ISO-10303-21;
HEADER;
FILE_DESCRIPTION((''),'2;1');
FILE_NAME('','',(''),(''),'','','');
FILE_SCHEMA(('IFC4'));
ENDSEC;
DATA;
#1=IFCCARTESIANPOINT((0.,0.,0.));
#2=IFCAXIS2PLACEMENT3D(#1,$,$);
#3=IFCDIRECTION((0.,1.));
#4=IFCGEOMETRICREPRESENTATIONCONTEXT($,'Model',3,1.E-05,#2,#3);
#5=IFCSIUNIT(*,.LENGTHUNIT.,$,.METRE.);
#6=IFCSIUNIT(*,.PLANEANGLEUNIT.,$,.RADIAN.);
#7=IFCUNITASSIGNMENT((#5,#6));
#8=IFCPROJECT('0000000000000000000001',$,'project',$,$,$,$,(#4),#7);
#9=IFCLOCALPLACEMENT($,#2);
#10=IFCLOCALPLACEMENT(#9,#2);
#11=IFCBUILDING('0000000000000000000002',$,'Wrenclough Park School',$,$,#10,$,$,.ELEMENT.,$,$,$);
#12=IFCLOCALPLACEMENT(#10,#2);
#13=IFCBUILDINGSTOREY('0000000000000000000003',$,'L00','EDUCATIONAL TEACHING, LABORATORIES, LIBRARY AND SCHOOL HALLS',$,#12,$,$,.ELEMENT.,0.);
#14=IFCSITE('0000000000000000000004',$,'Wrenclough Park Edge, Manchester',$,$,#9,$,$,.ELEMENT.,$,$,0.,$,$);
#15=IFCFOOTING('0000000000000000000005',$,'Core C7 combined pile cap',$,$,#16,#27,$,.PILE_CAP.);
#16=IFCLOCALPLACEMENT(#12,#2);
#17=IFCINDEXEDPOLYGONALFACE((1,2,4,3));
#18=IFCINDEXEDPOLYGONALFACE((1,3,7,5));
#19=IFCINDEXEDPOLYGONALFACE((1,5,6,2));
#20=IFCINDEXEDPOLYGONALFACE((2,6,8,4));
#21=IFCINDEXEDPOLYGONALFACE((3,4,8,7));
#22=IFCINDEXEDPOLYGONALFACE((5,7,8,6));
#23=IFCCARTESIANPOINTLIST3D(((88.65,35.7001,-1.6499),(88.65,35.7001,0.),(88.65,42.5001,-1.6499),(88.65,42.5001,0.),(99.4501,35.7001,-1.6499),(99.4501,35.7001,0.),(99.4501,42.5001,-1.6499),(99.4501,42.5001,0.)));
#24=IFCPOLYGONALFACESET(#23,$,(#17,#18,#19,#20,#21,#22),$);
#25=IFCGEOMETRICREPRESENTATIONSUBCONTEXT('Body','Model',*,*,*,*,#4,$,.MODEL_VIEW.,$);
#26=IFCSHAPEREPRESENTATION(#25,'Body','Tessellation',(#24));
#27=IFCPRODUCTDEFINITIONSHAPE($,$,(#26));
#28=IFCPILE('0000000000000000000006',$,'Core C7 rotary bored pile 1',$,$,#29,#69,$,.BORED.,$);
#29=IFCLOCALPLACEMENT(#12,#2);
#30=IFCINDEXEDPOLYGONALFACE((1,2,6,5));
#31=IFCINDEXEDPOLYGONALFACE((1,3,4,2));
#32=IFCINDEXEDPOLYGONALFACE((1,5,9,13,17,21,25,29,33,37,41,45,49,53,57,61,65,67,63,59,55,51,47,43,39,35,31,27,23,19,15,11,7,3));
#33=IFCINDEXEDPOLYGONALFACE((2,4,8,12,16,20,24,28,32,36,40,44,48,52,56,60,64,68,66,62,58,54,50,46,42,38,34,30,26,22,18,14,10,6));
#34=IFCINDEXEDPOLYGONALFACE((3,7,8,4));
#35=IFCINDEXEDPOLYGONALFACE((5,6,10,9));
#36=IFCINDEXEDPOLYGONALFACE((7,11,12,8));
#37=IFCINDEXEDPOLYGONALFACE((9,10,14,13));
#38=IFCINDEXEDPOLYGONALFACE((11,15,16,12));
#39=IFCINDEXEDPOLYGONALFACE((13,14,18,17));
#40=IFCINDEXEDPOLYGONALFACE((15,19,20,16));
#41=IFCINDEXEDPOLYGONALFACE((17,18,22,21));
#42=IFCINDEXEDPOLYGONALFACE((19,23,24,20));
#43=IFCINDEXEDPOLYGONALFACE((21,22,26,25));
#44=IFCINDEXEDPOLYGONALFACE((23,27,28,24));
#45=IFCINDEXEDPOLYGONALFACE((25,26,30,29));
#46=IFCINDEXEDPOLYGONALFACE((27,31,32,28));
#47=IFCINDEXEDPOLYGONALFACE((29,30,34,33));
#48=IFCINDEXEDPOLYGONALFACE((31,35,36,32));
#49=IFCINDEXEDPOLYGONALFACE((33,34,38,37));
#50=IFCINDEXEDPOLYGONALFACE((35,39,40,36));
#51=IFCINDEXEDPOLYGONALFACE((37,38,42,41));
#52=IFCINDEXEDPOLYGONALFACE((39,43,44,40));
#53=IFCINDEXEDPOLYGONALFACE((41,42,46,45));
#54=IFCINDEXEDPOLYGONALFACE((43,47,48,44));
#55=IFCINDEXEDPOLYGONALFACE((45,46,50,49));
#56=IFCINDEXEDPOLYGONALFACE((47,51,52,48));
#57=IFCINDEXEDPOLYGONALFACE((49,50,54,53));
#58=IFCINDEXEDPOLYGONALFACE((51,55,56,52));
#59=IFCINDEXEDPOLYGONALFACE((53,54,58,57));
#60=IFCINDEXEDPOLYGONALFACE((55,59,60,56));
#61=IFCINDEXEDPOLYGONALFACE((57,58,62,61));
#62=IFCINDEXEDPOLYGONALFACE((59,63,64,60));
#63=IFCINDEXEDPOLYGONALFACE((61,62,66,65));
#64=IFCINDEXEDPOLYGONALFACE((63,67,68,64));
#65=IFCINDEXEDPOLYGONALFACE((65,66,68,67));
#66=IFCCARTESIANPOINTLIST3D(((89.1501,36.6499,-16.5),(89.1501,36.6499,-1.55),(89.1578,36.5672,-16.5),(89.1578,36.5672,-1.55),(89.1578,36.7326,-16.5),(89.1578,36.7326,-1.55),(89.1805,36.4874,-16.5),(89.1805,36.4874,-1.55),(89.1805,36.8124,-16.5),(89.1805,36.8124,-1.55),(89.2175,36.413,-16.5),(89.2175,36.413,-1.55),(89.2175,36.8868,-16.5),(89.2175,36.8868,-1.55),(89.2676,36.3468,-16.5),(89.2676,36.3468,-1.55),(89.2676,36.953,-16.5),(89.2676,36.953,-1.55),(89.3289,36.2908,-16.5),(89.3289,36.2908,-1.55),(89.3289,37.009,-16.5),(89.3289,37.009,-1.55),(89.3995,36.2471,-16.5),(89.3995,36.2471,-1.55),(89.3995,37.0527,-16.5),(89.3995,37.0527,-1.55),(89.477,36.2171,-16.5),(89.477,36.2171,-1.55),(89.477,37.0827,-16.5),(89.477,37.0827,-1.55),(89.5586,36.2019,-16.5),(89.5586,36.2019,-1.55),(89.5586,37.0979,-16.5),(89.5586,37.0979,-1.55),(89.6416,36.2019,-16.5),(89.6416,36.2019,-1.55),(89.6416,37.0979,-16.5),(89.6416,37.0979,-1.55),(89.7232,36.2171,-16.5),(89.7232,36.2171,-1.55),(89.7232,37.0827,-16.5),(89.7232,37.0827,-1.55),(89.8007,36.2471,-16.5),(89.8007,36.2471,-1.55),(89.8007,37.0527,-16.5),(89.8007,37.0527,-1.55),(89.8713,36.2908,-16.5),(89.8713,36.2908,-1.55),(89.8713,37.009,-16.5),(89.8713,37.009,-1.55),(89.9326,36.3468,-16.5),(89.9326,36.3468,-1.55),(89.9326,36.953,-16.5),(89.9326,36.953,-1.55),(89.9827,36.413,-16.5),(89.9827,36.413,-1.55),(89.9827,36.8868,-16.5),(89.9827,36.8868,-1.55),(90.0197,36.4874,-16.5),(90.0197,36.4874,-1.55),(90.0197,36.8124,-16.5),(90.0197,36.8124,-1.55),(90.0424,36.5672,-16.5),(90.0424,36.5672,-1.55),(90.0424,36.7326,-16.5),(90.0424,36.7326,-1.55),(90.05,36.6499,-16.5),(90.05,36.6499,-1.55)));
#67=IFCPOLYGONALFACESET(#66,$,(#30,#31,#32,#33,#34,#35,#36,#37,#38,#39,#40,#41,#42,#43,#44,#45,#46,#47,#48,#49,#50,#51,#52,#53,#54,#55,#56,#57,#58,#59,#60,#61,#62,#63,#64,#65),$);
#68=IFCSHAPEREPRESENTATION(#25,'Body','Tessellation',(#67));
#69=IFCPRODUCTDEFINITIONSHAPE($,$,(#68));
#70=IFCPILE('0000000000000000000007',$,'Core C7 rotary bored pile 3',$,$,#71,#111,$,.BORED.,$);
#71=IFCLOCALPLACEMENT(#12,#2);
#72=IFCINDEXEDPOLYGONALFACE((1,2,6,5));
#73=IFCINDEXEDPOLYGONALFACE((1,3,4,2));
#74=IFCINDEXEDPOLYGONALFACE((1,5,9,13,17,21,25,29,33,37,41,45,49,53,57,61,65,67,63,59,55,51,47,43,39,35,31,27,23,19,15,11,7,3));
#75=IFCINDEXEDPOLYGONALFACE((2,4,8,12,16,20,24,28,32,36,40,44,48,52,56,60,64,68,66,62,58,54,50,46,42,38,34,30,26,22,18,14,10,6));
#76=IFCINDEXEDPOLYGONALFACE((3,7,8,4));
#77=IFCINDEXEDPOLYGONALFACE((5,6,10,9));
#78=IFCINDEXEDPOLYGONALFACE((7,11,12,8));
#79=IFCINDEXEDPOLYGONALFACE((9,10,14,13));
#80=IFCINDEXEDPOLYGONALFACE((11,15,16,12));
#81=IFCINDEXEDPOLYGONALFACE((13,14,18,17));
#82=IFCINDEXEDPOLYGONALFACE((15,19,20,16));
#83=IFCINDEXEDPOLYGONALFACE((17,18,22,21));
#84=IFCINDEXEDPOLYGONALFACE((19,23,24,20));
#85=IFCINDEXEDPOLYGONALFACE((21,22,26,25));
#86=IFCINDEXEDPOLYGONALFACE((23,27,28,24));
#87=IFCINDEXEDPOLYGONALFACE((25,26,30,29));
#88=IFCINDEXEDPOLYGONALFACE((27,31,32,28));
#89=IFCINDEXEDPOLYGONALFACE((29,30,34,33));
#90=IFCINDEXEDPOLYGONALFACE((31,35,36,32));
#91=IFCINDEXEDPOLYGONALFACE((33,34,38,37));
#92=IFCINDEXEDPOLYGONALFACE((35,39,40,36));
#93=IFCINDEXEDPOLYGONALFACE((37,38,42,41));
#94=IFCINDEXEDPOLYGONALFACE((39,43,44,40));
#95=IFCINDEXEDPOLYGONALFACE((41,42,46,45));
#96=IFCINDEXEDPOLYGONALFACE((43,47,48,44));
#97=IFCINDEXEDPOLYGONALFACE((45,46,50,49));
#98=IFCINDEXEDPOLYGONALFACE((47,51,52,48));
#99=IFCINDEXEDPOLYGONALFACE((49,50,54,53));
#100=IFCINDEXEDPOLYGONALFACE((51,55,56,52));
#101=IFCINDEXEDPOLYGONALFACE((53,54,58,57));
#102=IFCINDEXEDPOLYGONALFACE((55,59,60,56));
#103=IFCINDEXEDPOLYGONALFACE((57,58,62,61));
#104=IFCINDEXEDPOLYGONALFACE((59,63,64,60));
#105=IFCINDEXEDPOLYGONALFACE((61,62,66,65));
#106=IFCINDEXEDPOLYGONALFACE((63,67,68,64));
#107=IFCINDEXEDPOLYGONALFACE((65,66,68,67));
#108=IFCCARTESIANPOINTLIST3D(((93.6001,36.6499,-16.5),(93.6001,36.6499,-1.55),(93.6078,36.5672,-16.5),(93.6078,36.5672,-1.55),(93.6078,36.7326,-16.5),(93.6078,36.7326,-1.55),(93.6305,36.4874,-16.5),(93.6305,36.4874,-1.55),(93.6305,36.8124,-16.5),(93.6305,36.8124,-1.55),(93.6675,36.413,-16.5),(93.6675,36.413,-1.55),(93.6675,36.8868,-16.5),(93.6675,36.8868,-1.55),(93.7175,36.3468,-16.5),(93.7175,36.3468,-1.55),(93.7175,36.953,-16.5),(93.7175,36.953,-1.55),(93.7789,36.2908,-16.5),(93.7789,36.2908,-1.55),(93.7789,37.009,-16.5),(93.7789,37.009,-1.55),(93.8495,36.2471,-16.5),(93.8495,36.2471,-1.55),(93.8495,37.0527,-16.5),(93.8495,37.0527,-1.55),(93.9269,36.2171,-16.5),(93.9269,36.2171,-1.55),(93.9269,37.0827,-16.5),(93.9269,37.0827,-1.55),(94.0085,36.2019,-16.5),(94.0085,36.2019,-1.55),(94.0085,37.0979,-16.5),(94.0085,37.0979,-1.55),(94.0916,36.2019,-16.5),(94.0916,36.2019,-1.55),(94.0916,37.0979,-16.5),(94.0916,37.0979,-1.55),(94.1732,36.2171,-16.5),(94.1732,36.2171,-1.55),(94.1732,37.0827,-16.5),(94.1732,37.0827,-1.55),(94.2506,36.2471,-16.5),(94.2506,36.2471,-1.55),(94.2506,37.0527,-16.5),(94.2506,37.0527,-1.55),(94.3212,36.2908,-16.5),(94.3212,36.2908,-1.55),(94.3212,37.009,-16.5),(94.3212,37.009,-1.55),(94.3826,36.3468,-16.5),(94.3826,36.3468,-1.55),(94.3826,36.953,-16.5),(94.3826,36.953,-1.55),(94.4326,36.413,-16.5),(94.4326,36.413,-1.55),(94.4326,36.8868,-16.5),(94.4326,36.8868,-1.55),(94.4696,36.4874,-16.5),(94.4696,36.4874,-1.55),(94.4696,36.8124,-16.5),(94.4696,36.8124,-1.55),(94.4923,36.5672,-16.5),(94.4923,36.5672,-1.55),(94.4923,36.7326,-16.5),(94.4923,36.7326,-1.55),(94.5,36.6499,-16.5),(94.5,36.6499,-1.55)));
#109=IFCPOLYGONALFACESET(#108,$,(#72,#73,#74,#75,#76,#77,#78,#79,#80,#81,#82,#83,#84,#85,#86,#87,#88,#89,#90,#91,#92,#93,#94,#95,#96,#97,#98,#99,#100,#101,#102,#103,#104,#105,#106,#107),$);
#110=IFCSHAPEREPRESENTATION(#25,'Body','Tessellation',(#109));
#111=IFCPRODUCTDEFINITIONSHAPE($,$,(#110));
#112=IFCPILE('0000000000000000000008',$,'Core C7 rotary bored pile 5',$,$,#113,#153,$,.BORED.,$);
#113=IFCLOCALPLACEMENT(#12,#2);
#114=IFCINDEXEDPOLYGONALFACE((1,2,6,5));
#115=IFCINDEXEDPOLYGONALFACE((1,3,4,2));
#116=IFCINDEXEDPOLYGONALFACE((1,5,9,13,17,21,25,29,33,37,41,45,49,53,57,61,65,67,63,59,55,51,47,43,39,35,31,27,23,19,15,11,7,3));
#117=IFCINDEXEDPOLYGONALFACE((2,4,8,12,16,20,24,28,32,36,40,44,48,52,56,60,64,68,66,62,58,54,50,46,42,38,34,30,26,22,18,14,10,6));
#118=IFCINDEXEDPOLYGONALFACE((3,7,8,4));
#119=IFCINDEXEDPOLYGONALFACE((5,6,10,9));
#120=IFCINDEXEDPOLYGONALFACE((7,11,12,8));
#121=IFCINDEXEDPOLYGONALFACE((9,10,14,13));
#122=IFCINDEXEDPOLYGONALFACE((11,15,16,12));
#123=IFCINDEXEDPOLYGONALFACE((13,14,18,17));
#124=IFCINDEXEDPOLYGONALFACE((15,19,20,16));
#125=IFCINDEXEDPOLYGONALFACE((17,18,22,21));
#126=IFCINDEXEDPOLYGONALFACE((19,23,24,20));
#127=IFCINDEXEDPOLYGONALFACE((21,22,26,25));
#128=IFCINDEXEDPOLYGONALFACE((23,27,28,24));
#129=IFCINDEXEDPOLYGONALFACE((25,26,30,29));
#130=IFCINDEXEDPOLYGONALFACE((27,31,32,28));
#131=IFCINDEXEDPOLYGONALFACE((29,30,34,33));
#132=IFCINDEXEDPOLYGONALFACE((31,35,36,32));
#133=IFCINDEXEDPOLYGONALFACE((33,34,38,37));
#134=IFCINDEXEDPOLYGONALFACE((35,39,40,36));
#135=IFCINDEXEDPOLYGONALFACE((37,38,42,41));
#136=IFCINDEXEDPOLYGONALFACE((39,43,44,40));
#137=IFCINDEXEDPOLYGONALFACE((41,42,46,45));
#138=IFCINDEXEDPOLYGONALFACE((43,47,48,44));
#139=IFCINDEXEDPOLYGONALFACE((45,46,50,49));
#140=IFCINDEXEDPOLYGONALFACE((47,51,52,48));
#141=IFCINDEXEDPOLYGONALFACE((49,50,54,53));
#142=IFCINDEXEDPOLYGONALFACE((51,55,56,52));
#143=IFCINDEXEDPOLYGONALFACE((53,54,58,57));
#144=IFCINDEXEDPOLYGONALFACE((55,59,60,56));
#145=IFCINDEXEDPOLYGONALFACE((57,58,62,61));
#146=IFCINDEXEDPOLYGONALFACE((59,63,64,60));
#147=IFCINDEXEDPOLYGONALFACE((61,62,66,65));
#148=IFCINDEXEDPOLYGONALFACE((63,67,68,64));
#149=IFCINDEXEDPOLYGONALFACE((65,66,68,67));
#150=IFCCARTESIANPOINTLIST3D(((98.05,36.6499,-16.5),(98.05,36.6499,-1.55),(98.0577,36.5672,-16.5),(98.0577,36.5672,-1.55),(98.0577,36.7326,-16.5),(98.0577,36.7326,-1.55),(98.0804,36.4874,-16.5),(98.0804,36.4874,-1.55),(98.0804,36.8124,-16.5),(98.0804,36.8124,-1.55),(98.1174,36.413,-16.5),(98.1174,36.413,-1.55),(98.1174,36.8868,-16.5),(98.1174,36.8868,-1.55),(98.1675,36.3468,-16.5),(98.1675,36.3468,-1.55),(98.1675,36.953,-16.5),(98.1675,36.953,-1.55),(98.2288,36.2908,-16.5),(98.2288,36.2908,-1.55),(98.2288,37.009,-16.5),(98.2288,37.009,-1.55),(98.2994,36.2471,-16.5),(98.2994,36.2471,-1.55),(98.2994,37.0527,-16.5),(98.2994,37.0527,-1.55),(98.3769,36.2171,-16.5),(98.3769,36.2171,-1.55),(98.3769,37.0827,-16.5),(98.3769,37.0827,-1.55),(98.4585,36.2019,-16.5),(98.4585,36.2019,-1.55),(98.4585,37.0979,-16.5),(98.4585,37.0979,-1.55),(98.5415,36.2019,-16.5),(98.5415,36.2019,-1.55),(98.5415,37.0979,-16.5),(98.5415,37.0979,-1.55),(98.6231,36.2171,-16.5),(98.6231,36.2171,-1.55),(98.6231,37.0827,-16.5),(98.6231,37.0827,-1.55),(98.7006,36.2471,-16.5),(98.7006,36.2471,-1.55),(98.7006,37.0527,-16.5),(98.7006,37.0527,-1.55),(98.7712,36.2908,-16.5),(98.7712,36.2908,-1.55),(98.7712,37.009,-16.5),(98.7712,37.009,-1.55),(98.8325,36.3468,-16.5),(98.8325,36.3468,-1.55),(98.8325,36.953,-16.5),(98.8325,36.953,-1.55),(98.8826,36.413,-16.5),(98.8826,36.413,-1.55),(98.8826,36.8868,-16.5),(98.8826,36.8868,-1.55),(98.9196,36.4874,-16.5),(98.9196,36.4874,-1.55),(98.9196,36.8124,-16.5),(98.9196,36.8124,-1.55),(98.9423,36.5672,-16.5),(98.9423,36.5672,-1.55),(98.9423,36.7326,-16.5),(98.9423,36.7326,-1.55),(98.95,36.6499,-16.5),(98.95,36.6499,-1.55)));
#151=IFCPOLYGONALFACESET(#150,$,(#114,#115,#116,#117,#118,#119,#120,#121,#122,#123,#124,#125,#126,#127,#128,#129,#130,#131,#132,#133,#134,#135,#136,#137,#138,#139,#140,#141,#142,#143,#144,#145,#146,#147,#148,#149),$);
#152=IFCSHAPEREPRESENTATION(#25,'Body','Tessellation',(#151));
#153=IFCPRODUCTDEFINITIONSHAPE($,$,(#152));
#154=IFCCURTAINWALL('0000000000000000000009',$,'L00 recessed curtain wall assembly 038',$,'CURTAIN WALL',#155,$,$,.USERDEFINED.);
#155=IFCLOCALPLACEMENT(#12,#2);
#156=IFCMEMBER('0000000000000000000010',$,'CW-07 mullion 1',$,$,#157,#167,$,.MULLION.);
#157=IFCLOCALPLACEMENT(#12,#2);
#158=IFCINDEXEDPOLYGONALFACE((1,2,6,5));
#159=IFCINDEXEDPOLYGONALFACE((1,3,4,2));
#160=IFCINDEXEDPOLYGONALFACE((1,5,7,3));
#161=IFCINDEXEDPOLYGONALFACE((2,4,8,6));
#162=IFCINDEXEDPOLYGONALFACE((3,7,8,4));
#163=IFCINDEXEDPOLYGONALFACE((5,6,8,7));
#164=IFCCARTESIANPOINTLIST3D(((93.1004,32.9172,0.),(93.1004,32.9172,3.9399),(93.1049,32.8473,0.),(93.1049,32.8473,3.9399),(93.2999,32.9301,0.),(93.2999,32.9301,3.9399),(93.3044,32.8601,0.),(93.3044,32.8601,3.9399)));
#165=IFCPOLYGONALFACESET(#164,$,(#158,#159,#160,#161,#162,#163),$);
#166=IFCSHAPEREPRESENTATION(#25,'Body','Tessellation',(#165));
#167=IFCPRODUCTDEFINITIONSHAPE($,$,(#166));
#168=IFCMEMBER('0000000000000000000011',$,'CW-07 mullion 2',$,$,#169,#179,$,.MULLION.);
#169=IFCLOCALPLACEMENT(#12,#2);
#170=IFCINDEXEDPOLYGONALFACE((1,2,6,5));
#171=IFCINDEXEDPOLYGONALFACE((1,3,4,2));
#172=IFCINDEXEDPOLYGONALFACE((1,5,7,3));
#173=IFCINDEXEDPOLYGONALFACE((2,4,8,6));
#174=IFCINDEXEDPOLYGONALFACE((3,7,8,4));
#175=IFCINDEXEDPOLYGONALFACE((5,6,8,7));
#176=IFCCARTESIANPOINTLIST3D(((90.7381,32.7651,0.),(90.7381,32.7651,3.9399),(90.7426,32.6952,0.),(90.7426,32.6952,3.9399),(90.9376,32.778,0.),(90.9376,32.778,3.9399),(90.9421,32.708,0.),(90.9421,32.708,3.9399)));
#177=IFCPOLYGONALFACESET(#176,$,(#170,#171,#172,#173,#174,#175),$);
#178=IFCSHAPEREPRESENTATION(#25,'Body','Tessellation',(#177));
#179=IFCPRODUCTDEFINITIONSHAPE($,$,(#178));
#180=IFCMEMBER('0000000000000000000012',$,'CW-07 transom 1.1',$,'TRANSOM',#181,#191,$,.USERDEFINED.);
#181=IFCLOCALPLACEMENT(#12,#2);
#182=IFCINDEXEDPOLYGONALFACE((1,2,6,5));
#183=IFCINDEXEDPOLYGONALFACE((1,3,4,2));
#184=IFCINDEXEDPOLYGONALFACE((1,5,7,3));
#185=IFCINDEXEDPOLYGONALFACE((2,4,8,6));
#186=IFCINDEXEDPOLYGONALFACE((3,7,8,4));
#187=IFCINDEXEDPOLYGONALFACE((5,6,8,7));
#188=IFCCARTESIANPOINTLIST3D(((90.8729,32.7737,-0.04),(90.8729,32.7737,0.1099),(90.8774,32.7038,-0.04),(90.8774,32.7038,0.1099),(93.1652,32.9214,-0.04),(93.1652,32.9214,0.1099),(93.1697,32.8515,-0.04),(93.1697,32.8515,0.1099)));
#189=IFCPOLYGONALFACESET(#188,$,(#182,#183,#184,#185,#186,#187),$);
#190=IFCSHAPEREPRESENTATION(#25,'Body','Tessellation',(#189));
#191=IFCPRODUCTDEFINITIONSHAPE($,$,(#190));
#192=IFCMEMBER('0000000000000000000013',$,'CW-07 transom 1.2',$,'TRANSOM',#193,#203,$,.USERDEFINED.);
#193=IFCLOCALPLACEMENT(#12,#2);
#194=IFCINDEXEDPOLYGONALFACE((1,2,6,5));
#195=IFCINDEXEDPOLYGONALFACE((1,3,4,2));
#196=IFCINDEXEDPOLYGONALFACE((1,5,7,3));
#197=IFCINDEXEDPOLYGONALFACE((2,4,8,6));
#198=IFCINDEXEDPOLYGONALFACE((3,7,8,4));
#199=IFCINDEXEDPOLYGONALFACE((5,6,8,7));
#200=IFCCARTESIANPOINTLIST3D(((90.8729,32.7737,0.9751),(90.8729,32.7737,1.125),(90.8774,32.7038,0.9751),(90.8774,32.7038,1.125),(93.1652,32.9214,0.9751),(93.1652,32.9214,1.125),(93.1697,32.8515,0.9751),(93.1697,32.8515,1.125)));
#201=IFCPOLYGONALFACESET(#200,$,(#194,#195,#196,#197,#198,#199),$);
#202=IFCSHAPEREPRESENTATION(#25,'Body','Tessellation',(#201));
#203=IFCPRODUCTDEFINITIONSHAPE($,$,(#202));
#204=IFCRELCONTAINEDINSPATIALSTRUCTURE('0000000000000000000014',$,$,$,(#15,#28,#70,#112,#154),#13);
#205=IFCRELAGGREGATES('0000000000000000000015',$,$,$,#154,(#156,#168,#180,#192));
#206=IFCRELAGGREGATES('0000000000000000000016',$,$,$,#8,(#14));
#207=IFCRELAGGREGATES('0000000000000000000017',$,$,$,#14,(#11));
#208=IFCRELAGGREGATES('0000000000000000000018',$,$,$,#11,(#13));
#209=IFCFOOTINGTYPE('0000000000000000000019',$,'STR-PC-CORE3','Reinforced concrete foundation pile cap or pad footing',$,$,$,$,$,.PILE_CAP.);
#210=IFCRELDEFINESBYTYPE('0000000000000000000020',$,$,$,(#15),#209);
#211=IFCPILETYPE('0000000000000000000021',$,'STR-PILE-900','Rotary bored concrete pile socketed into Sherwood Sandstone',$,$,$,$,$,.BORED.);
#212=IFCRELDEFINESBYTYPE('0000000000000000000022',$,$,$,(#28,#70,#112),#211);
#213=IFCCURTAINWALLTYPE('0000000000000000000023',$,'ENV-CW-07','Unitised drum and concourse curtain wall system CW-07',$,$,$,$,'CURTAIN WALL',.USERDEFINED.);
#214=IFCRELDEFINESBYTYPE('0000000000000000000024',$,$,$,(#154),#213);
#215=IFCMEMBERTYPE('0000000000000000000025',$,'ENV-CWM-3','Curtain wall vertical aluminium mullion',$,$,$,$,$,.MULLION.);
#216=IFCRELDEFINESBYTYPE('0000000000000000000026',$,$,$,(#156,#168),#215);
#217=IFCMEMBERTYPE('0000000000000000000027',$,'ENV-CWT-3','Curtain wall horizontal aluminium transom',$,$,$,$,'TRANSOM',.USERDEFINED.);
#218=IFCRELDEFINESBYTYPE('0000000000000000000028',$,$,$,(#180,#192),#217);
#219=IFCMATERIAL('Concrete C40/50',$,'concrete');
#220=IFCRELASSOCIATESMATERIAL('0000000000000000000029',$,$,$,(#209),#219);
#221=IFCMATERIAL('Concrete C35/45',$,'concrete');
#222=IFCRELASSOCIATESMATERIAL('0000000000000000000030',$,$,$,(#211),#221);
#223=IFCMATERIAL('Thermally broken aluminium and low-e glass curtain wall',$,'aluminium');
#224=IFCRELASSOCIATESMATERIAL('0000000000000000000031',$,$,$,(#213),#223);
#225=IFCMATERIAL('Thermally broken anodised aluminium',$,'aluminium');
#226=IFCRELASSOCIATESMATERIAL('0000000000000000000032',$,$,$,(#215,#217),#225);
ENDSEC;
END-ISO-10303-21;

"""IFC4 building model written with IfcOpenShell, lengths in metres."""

from ifc_helpers import new_model, si_unit, direction, frame, origin, origin_2d, place, context, subcontext, project, spatial, rectangle, circle, extrude, material, material_profile, profile_set, type_object, element, aggregate, save


model = new_model("IFC4")

# Units and contexts
model_context = context("Model", 3, precision=1e-05, world=origin(), true_north=direction((0.0, 1.0)))
body_context = subcontext(model_context, "Body", "Model", "MODEL_VIEW")
ifc_project = project(units=[si_unit("LENGTHUNIT", "METRE"), si_unit("PLANEANGLEUNIT", "RADIAN")], contexts=[model_context])

# Site, building, storey
site_placement = place(None, origin())
site = spatial("IfcSite", under=ifc_project, at=site_placement, Name="Wrenclough Park Edge, Manchester", CompositionType="ELEMENT", RefElevation=0.0)
building_placement = place(site_placement, origin())
building = spatial("IfcBuilding", under=site, at=building_placement, Name="Wrenclough Park School", CompositionType="ELEMENT")
storey_placement = place(building_placement, origin())
storey = spatial("IfcBuildingStorey", under=building, at=storey_placement, Name="L00", Description="EDUCATIONAL TEACHING, LABORATORIES, LIBRARY AND SCHOOL HALLS", CompositionType="ELEMENT", Elevation=0.0)

# Footing
ifc_material_1 = material(Name="Concrete C40/50", Category="concrete")
footing_type = type_object("IfcFootingType", Name="STR-PC-CORE3", Description="Reinforced concrete foundation pile cap or pad footing", PredefinedType="PILE_CAP", material=ifc_material_1)
footing_placement = place(storey_placement, frame((94.05, 39.1001, -1.6499), z_axis=(0.0, 0.0, 1.0), x_axis=(1.0, 0.0, 0.0)))
element("IfcFooting", 1, at=footing_placement, inside=storey, type_object=footing_type, Name="Core C7 combined pile cap", PredefinedType="PILE_CAP", context=body_context, shape_type="SweptSolid", body=[
    extrude(rectangle(XDim=10.8, YDim=6.8, at=origin_2d()), origin(), (0.0, 0.0, 1.0), 1.6499),
])

# Piles
ifc_material_2 = material(Name="Concrete C35/45", Category="concrete")
ifc_material_profile_1 = material_profile(ifc_material_2, circle(Radius=0.45, at=origin_2d()), Name="BORED PILE D900")
ifc_profile_set_1 = profile_set([ifc_material_profile_1], Name="Concrete C35/45")
pile_type = type_object("IfcPileType", Name="STR-PILE-900", Description="Rotary bored concrete pile socketed into Sherwood Sandstone", PredefinedType="BORED", material=ifc_profile_set_1)
for number, where, z_axis, x_axis, name in (
    (2, (89.6001, 36.6499, -1.55), (0.0, 0.0, -1.0), (1.0, 0.0, 0.0), "Core C7 rotary bored pile 1"),
    (3, (94.05, 36.6499, -1.55), (0.0, 0.0, -1.0), (1.0, 0.0, 0.0), "Core C7 rotary bored pile 3"),
    (4, (98.5, 36.6499, -1.55), (0.0, 0.0, -1.0), (1.0, 0.0, 0.0), "Core C7 rotary bored pile 5"),
):
    element("IfcPile", number, at=place(storey_placement, frame(where, z_axis=z_axis, x_axis=x_axis)), inside=storey, type_object=pile_type, Name=name, PredefinedType="BORED", context=body_context, shape_type="SweptSolid", body=[
        extrude(circle(Radius=0.45, at=origin_2d()), origin(), (0.0, 0.0, 1.0), 14.95),
    ])

# Curtain wall, members
ifc_material_3 = material(Name="Thermally broken aluminium and low-e glass curtain wall", Category="aluminium")
curtain_wall_type = type_object("IfcCurtainWallType", Name="ENV-CW-07", Description="Unitised drum and concourse curtain wall system CW-07", ElementType="CURTAIN WALL", PredefinedType="USERDEFINED", material=ifc_material_3)
curtain_wall_placement = place(storey_placement, origin())
curtain_wall = element("IfcCurtainWall", 5, at=curtain_wall_placement, inside=storey, type_object=curtain_wall_type, Name="L00 recessed curtain wall assembly 038", ObjectType="CURTAIN WALL", PredefinedType="USERDEFINED")
ifc_material_4 = material(Name="Thermally broken anodised aluminium", Category="aluminium")
ifc_material_profile_2 = material_profile(ifc_material_4, rectangle(XDim=0.0701, YDim=0.2, at=origin_2d()), Name="AL MULLION 70x200")
ifc_profile_set_2 = profile_set([ifc_material_profile_2], Name="Thermally broken anodised aluminium")
member_type_1 = type_object("IfcMemberType", Name="ENV-CWM-3", Description="Curtain wall vertical aluminium mullion", PredefinedType="MULLION", material=ifc_profile_set_2)
member_1_placement = place(storey_placement, frame((93.2024, 32.8887, 0.0), z_axis=(0.0, 0.0, 1.0), x_axis=(0.064259, -0.997933, 0.0)))
member_1 = element("IfcMember", 6, at=member_1_placement, type_object=member_type_1, Name="CW-07 mullion 1", PredefinedType="MULLION", context=body_context, shape_type="SweptSolid", body=[
    extrude(rectangle(XDim=0.0701, YDim=0.2, at=origin_2d()), origin(), (0.0, 0.0, 1.0), 3.9399),
])
member_2_placement = place(storey_placement, frame((90.8401, 32.7366, 0.0), z_axis=(0.0, 0.0, 1.0), x_axis=(0.064259, -0.997933, 0.0)))
member_2 = element("IfcMember", 7, at=member_2_placement, type_object=member_type_1, Name="CW-07 mullion 2", PredefinedType="MULLION", context=body_context, shape_type="SweptSolid", body=[
    extrude(rectangle(XDim=0.0701, YDim=0.2, at=origin_2d()), origin(), (0.0, 0.0, 1.0), 3.9399),
])
ifc_material_profile_3 = material_profile(ifc_material_4, rectangle(XDim=0.0701, YDim=0.1499, at=origin_2d()), Name="AL TRANSOM 70x150")
ifc_profile_set_3 = profile_set([ifc_material_profile_3], Name="Thermally broken anodised aluminium")
member_type_2 = type_object("IfcMemberType", Name="ENV-CWT-3", Description="Curtain wall horizontal aluminium transom", ElementType="TRANSOM", PredefinedType="USERDEFINED", material=ifc_profile_set_3)
member_3_placement = place(storey_placement, frame((93.1675, 32.8865, 0.0349), z_axis=(-0.997931, -0.064297, 0.0), x_axis=(0.064297, -0.997931, 0.0)))
member_3 = element("IfcMember", 8, at=member_3_placement, type_object=member_type_2, Name="CW-07 transom 1.1", ObjectType="TRANSOM", PredefinedType="USERDEFINED", context=body_context, shape_type="SweptSolid", body=[
    extrude(rectangle(XDim=0.0701, YDim=0.1499, at=origin_2d()), origin(), (0.0, 0.0, 1.0), 2.2971),
])
member_4_placement = place(storey_placement, frame((93.1675, 32.8865, 1.05), z_axis=(-0.997931, -0.064297, 0.0), x_axis=(0.064297, -0.997931, 0.0)))
member_4 = element("IfcMember", 9, at=member_4_placement, type_object=member_type_2, Name="CW-07 transom 1.2", ObjectType="TRANSOM", PredefinedType="USERDEFINED", context=body_context, shape_type="SweptSolid", body=[
    extrude(rectangle(XDim=0.0701, YDim=0.1499, at=origin_2d()), origin(), (0.0, 0.0, 1.0), 2.2971),
])
aggregate(curtain_wall, [member_1, member_2, member_3, member_4])

save(model, "model.ifc")
